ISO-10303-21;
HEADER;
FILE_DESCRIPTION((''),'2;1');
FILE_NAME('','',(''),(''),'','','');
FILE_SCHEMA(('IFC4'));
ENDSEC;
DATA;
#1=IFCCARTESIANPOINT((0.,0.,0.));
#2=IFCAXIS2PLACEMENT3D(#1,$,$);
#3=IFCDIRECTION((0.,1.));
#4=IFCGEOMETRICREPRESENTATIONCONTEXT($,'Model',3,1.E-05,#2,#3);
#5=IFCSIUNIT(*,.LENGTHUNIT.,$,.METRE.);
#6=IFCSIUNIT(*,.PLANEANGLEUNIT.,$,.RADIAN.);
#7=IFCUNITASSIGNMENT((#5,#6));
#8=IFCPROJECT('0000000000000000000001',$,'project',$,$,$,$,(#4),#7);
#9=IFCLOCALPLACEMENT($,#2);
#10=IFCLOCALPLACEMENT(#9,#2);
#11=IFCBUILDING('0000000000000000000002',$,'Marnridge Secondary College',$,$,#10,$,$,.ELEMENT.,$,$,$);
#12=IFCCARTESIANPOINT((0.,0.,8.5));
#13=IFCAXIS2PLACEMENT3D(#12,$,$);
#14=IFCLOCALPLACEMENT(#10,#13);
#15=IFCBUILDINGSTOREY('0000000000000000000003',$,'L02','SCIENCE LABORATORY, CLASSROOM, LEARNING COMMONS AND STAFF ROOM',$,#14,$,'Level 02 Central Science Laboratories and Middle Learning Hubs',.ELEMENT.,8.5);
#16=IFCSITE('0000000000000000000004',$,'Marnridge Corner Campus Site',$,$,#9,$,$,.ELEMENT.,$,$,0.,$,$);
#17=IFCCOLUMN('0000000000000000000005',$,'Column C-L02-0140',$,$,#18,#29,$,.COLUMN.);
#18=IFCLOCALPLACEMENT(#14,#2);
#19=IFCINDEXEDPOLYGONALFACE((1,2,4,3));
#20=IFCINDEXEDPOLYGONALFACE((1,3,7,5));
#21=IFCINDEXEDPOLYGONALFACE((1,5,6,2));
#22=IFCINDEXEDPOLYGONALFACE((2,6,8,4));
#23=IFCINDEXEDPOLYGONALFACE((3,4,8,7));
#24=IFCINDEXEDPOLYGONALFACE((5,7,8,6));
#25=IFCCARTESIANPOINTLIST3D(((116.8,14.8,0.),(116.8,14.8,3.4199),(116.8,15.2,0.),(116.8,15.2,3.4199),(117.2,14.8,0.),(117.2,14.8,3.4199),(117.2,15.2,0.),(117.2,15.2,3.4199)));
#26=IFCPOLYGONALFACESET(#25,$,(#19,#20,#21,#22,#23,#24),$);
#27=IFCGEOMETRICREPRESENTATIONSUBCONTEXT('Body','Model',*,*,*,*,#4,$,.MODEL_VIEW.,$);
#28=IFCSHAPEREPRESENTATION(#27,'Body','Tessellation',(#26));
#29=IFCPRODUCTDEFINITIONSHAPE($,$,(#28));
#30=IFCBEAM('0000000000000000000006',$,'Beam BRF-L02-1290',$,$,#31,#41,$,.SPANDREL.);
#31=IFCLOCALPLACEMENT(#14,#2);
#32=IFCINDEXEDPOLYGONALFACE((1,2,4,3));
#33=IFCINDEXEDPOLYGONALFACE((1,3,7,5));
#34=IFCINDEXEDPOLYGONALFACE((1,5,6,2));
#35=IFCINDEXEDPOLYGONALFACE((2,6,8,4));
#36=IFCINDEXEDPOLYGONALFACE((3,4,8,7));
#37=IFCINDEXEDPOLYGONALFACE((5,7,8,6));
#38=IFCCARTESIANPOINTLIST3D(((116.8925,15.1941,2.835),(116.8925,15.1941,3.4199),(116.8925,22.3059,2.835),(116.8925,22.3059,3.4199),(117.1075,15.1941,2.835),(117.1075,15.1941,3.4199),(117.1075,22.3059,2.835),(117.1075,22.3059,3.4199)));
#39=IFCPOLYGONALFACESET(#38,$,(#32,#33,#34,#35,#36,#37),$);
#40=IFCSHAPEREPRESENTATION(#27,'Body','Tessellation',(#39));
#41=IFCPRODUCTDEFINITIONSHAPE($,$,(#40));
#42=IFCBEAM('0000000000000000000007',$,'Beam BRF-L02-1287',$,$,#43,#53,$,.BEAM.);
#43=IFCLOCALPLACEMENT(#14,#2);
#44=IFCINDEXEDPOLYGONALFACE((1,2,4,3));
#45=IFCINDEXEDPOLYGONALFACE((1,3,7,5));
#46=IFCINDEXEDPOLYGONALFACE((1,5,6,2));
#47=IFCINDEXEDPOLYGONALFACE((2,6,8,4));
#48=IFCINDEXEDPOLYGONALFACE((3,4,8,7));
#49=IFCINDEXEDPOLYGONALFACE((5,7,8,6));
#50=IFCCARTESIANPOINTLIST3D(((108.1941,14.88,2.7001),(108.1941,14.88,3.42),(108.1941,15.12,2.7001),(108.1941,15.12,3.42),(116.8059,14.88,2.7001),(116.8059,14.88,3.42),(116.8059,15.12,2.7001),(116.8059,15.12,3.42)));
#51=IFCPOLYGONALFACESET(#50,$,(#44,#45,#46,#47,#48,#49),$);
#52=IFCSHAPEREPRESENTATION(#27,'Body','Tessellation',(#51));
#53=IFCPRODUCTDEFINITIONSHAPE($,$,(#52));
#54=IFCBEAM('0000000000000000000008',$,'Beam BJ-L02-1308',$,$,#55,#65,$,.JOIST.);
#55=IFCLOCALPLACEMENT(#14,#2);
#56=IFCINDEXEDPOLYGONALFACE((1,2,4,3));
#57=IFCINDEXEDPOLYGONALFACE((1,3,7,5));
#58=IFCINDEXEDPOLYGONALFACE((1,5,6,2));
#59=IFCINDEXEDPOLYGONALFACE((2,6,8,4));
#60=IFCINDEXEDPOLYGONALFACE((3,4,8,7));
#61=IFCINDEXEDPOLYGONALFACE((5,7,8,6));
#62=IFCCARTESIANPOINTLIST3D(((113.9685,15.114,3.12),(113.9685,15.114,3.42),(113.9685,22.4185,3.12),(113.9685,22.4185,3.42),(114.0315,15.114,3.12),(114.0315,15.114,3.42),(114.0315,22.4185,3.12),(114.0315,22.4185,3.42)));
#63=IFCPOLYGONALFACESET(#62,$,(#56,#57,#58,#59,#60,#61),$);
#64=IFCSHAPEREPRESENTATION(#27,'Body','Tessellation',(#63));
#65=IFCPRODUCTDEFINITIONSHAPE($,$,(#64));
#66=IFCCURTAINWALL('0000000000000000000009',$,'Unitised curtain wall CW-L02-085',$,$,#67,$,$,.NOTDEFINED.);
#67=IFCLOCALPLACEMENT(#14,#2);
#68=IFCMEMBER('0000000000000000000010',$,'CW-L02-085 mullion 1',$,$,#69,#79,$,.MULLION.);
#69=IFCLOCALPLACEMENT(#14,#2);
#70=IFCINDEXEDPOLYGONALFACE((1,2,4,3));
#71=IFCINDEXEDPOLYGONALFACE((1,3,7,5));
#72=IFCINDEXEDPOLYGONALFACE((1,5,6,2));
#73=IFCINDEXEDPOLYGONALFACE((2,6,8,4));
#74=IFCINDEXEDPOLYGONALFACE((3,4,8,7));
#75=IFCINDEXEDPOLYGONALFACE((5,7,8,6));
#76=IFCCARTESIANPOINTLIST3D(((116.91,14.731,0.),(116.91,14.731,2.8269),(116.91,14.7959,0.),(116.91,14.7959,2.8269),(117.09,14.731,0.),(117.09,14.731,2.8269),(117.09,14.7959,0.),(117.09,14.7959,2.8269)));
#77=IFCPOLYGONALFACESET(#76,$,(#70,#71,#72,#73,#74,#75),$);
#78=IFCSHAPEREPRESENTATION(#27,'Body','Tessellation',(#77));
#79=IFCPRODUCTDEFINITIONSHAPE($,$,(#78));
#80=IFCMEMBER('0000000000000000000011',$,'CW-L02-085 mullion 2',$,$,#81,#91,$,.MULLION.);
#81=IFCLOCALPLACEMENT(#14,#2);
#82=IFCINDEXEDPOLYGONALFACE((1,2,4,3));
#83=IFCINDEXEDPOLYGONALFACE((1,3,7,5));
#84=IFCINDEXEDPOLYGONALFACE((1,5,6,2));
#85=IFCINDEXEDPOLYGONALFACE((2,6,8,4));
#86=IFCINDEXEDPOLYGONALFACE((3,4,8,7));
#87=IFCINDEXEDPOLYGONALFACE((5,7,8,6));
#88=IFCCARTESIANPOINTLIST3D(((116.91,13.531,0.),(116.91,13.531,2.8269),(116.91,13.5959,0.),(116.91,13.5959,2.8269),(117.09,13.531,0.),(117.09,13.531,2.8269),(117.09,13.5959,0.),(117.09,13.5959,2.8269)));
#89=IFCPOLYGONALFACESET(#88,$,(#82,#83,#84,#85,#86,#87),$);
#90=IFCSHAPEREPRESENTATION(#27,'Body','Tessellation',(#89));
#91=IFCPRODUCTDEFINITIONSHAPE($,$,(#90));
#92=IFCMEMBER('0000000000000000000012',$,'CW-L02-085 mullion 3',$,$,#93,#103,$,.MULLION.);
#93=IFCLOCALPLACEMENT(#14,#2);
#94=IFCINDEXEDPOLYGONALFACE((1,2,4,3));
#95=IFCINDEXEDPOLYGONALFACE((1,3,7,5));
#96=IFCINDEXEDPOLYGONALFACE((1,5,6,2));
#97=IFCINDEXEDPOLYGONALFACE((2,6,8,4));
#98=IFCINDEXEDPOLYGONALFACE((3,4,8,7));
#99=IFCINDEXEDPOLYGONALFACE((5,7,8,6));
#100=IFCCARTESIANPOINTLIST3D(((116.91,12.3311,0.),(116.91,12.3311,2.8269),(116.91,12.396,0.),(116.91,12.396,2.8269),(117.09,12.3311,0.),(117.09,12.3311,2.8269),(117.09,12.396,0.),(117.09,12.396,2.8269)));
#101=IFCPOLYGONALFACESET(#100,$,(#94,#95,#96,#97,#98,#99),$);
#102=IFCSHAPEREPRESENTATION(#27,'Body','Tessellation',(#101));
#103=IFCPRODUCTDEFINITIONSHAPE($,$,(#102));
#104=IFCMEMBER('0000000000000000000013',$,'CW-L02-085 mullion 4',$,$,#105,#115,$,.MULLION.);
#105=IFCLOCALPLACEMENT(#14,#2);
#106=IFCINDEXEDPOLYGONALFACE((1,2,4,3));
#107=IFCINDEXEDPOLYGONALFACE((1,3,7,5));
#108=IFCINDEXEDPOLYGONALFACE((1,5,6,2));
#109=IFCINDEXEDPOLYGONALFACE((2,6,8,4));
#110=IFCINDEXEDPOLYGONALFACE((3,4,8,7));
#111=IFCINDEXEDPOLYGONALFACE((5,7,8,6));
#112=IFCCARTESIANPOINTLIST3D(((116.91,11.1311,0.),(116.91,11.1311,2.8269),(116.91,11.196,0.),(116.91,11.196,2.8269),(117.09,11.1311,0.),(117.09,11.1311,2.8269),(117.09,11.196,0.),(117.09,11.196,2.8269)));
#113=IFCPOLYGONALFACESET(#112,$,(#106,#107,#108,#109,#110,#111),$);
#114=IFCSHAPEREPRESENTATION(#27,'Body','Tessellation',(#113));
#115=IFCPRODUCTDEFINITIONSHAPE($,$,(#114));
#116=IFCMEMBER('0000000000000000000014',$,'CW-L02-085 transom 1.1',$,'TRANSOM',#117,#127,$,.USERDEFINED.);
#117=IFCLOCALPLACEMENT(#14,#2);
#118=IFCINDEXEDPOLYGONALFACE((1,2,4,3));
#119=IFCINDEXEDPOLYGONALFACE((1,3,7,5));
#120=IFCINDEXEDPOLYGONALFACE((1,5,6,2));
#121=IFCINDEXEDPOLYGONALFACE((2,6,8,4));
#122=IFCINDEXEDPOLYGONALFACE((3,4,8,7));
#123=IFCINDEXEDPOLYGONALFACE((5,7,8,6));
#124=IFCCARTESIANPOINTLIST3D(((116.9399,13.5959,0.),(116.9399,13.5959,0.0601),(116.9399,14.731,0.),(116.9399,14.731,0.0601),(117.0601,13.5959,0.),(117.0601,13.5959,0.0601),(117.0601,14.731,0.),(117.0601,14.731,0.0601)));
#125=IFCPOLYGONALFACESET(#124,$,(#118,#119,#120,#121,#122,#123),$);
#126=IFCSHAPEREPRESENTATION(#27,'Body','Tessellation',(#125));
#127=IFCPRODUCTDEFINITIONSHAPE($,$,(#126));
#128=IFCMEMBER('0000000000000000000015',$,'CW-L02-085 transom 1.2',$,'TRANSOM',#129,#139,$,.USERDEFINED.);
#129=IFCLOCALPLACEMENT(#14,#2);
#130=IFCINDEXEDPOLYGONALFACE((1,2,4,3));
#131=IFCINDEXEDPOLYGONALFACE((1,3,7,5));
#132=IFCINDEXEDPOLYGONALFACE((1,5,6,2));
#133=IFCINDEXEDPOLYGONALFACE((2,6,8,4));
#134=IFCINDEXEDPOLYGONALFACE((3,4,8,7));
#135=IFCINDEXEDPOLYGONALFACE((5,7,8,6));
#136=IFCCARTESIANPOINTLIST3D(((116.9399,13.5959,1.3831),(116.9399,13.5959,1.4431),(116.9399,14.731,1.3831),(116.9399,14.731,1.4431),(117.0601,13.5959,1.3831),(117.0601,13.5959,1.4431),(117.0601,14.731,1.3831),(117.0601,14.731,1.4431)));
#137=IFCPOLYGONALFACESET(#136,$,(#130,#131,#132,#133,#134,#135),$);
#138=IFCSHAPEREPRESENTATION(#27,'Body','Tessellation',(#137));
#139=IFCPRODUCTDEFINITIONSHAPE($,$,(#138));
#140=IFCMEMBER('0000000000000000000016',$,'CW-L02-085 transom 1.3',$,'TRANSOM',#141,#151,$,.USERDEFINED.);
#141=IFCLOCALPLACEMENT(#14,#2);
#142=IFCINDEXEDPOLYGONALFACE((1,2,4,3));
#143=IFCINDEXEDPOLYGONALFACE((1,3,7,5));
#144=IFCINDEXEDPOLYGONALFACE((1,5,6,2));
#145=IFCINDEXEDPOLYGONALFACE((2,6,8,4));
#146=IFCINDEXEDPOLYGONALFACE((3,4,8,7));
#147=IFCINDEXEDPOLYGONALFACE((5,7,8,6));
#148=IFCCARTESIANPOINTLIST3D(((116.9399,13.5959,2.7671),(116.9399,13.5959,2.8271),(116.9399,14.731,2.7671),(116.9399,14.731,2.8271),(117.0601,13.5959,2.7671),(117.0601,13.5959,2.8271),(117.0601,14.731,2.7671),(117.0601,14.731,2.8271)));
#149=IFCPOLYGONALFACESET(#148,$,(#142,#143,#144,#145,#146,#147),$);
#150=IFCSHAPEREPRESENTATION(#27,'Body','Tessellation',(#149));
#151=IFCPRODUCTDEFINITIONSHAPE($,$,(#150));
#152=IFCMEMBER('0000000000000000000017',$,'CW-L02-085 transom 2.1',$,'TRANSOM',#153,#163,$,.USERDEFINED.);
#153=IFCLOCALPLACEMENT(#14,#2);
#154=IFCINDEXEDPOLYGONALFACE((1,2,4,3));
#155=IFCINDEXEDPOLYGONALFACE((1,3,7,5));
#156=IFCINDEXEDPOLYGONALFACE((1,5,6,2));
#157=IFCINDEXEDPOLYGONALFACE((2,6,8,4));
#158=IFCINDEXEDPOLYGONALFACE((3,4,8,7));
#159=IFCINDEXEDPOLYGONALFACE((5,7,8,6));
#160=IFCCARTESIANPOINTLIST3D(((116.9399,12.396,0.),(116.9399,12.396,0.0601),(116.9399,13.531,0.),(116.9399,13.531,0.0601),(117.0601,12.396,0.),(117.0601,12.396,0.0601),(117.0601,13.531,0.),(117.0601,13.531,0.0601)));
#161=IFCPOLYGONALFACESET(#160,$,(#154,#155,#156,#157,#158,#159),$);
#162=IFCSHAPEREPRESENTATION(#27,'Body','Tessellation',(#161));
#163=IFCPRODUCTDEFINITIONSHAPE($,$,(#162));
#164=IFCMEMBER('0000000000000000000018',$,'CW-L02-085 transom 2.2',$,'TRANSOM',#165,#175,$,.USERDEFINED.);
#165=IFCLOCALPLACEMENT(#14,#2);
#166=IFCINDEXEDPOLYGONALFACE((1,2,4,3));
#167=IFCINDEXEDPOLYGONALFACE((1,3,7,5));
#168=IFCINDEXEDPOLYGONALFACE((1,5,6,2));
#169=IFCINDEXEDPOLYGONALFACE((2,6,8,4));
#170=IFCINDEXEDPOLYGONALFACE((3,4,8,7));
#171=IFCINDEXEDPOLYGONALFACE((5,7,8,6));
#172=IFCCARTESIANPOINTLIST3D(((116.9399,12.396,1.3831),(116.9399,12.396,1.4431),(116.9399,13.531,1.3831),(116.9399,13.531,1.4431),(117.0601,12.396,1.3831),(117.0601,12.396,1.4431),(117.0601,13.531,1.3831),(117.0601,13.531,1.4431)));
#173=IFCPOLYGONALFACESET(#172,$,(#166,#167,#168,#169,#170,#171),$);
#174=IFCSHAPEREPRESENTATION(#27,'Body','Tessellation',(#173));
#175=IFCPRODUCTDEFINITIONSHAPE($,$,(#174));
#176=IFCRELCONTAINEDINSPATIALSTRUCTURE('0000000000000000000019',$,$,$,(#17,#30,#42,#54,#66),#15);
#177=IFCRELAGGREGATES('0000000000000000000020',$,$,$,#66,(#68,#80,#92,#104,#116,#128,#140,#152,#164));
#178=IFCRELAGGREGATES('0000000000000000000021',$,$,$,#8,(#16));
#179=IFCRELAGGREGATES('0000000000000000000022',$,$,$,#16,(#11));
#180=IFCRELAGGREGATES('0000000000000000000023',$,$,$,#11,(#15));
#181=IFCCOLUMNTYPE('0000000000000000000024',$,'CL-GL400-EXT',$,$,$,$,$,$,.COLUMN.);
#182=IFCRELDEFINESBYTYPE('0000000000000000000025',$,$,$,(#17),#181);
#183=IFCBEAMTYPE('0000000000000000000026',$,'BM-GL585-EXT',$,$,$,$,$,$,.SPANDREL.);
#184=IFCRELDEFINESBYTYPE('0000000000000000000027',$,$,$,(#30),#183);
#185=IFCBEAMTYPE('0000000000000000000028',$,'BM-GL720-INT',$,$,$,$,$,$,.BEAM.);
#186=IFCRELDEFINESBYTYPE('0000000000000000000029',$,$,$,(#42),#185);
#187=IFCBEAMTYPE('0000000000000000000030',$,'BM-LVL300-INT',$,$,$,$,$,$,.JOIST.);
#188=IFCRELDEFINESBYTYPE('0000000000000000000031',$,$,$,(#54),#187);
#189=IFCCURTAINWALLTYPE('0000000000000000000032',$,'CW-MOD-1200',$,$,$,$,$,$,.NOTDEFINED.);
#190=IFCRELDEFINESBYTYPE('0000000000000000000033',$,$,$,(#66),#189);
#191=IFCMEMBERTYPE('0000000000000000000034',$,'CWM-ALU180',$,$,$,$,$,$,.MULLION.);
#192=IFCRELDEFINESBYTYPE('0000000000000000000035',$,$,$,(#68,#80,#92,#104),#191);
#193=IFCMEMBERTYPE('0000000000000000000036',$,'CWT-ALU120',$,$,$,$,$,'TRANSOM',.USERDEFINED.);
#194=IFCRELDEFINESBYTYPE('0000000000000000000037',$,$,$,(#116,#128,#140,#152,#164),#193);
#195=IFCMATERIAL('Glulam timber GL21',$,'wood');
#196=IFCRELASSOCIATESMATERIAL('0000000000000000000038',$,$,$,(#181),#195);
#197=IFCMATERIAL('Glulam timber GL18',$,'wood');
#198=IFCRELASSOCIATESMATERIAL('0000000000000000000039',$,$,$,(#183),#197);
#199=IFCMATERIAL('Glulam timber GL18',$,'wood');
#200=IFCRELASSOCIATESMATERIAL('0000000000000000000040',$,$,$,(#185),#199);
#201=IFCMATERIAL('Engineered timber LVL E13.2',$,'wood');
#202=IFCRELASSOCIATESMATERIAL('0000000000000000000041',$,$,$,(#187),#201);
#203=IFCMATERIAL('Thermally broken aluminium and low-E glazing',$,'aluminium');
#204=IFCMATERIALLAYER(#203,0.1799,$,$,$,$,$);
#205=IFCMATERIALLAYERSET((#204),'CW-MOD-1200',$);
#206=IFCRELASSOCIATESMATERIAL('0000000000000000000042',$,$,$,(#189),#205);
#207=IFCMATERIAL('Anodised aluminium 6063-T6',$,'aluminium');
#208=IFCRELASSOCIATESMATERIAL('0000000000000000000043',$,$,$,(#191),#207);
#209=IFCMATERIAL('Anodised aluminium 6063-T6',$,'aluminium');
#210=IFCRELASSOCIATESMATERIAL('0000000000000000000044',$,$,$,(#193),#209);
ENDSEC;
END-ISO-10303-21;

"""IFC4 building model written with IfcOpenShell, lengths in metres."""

from ifc_helpers import new_model, si_unit, direction, frame, origin, origin_2d, place, context, subcontext, project, spatial, rectangle, extrude, material, layer, layer_set, material_profile, profile_set, type_object, element, aggregate, save


model = new_model("IFC4")

# Units and contexts
model_context = context("Model", 3, precision=1e-05, world=origin(), true_north=direction((0.0, 1.0)))
body_context = subcontext(model_context, "Body", "Model", "MODEL_VIEW")
ifc_project = project(units=[si_unit("LENGTHUNIT", "METRE"), si_unit("PLANEANGLEUNIT", "RADIAN")], contexts=[model_context])

# Site, building, storey
site_placement = place(None, origin())
site = spatial("IfcSite", under=ifc_project, at=site_placement, Name="Marnridge Corner Campus Site", CompositionType="ELEMENT", RefElevation=0.0)
building_placement = place(site_placement, origin())
building = spatial("IfcBuilding", under=site, at=building_placement, Name="Marnridge Secondary College", CompositionType="ELEMENT")
storey_placement = place(building_placement, frame((0.0, 0.0, 8.5)))
storey = spatial("IfcBuildingStorey", under=building, at=storey_placement, Name="L02", Description="SCIENCE LABORATORY, CLASSROOM, LEARNING COMMONS AND STAFF ROOM", LongName="Level 02 Central Science Laboratories and Middle Learning Hubs", CompositionType="ELEMENT", Elevation=8.5)

# Column
ifc_material_1 = material(Name="Glulam timber GL21", Category="wood")
ifc_material_profile_1 = material_profile(ifc_material_1, rectangle(XDim=0.3999, YDim=0.3999, at=origin_2d()), Name="GL21 400x400")
ifc_profile_set_1 = profile_set([ifc_material_profile_1], Name="Glulam timber GL21")
column_type = type_object("IfcColumnType", Name="CL-GL400-EXT", PredefinedType="COLUMN", material=ifc_profile_set_1)
column_placement = place(storey_placement, frame((117.0, 15.0, 0.0), z_axis=(0.0, 0.0, 1.0), x_axis=(1.0, 0.0, 0.0)))
element("IfcColumn", 1, at=column_placement, inside=storey, type_object=column_type, Name="Column C-L02-0140", PredefinedType="COLUMN", context=body_context, shape_type="SweptSolid", body=[
    extrude(rectangle(XDim=0.3999, YDim=0.3999, at=origin_2d()), origin(), (0.0, 0.0, 1.0), 3.4199),
])

# Beams
ifc_material_2 = material(Name="Glulam timber GL18", Category="wood")
ifc_material_profile_2 = material_profile(ifc_material_2, rectangle(XDim=0.2151, YDim=0.585, at=origin_2d()), Name="GL18 215x585")
ifc_profile_set_2 = profile_set([ifc_material_profile_2], Name="Glulam timber GL18")
beam_type_1 = type_object("IfcBeamType", Name="BM-GL585-EXT", PredefinedType="SPANDREL", material=ifc_profile_set_2)
beam_1_placement = place(storey_placement, frame((117.0, 15.1941, 3.1274), z_axis=(0.0, 1.0, 0.0), x_axis=(-1.0, 0.0, 0.0)))
element("IfcBeam", 2, at=beam_1_placement, inside=storey, type_object=beam_type_1, Name="Beam BRF-L02-1290", PredefinedType="SPANDREL", context=body_context, shape_type="SweptSolid", body=[
    extrude(rectangle(XDim=0.2151, YDim=0.585, at=origin_2d()), origin(), (0.0, 0.0, 1.0), 7.1118),
])
ifc_material_3 = material(Name="Glulam timber GL18", Category="wood")
ifc_material_profile_3 = material_profile(ifc_material_3, rectangle(XDim=0.24, YDim=0.72, at=origin_2d()), Name="GL18 240x720")
ifc_profile_set_3 = profile_set([ifc_material_profile_3], Name="Glulam timber GL18")
beam_type_2 = type_object("IfcBeamType", Name="BM-GL720-INT", PredefinedType="BEAM", material=ifc_profile_set_3)
beam_2_placement = place(storey_placement, frame((108.1941, 15.0, 3.0601), z_axis=(1.0, 0.0, 0.0), x_axis=(0.0, 1.0, 0.0)))
element("IfcBeam", 3, at=beam_2_placement, inside=storey, type_object=beam_type_2, Name="Beam BRF-L02-1287", PredefinedType="BEAM", context=body_context, shape_type="SweptSolid", body=[
    extrude(rectangle(XDim=0.24, YDim=0.72, at=origin_2d()), origin(), (0.0, 0.0, 1.0), 8.6118),
])
ifc_material_4 = material(Name="Engineered timber LVL E13.2", Category="wood")
ifc_material_profile_4 = material_profile(ifc_material_4, rectangle(XDim=0.063, YDim=0.3, at=origin_2d()), Name="LVL 63x300")
ifc_profile_set_4 = profile_set([ifc_material_profile_4], Name="Engineered timber LVL E13.2")
beam_type_3 = type_object("IfcBeamType", Name="BM-LVL300-INT", PredefinedType="JOIST", material=ifc_profile_set_4)
beam_3_placement = place(storey_placement, frame((114.0, 15.114, 3.27), z_axis=(0.0, 1.0, 0.0), x_axis=(-1.0, 0.0, 0.0)))
element("IfcBeam", 4, at=beam_3_placement, inside=storey, type_object=beam_type_3, Name="Beam BJ-L02-1308", PredefinedType="JOIST", context=body_context, shape_type="SweptSolid", body=[
    extrude(rectangle(XDim=0.063, YDim=0.3, at=origin_2d()), origin(), (0.0, 0.0, 1.0), 7.3044),
])

# Curtain wall, members
ifc_material_5 = material(Name="Thermally broken aluminium and low-E glazing", Category="aluminium")
ifc_layer_1 = layer(ifc_material_5, 0.1799)
ifc_layer_set_1 = layer_set([ifc_layer_1], Name="CW-MOD-1200")
curtain_wall_type = type_object("IfcCurtainWallType", Name="CW-MOD-1200", PredefinedType="NOTDEFINED", material=ifc_layer_set_1)
curtain_wall_placement = place(storey_placement, origin())
curtain_wall = element("IfcCurtainWall", 5, at=curtain_wall_placement, inside=storey, type_object=curtain_wall_type, Name="Unitised curtain wall CW-L02-085", PredefinedType="NOTDEFINED")
ifc_material_6 = material(Name="Anodised aluminium 6063-T6", Category="aluminium")
ifc_material_profile_5 = material_profile(ifc_material_6, rectangle(XDim=0.0649, YDim=0.1799, at=origin_2d()), Name="ALU 65x180")
ifc_profile_set_5 = profile_set([ifc_material_profile_5], Name="Anodised aluminium 6063-T6")
member_type_1 = type_object("IfcMemberType", Name="CWM-ALU180", PredefinedType="MULLION", material=ifc_profile_set_5)
member_1_placement = place(storey_placement, frame((117.0, 14.7634, 0.0), z_axis=(0.0, 0.0, 1.0), x_axis=(0.0, -1.0, 0.0)))
member_1 = element("IfcMember", 6, at=member_1_placement, type_object=member_type_1, Name="CW-L02-085 mullion 1", PredefinedType="MULLION", context=body_context, shape_type="SweptSolid", body=[
    extrude(rectangle(XDim=0.0649, YDim=0.1799, at=origin_2d()), origin(), (0.0, 0.0, 1.0), 2.8269),
])
member_2_placement = place(storey_placement, frame((117.0, 13.5635, 0.0), z_axis=(0.0, 0.0, 1.0), x_axis=(0.0, -1.0, 0.0)))
member_2 = element("IfcMember", 7, at=member_2_placement, type_object=member_type_1, Name="CW-L02-085 mullion 2", PredefinedType="MULLION", context=body_context, shape_type="SweptSolid", body=[
    extrude(rectangle(XDim=0.0649, YDim=0.1799, at=origin_2d()), origin(), (0.0, 0.0, 1.0), 2.8269),
])
member_3_placement = place(storey_placement, frame((117.0, 12.3635, 0.0), z_axis=(0.0, 0.0, 1.0), x_axis=(0.0, -1.0, 0.0)))
member_3 = element("IfcMember", 8, at=member_3_placement, type_object=member_type_1, Name="CW-L02-085 mullion 3", PredefinedType="MULLION", context=body_context, shape_type="SweptSolid", body=[
    extrude(rectangle(XDim=0.0649, YDim=0.1799, at=origin_2d()), origin(), (0.0, 0.0, 1.0), 2.8269),
])
member_4_placement = place(storey_placement, frame((117.0, 11.1636, 0.0), z_axis=(0.0, 0.0, 1.0), x_axis=(0.0, -1.0, 0.0)))
member_4 = element("IfcMember", 9, at=member_4_placement, type_object=member_type_1, Name="CW-L02-085 mullion 4", PredefinedType="MULLION", context=body_context, shape_type="SweptSolid", body=[
    extrude(rectangle(XDim=0.0649, YDim=0.1799, at=origin_2d()), origin(), (0.0, 0.0, 1.0), 2.8269),
])
ifc_material_7 = material(Name="Anodised aluminium 6063-T6", Category="aluminium")
ifc_material_profile_6 = material_profile(ifc_material_7, rectangle(XDim=0.0601, YDim=0.1201, at=origin_2d()), Name="ALU 60x120")
ifc_profile_set_6 = profile_set([ifc_material_profile_6], Name="Anodised aluminium 6063-T6")
member_type_2 = type_object("IfcMemberType", Name="CWT-ALU120", ElementType="TRANSOM", PredefinedType="USERDEFINED", material=ifc_profile_set_6)
member_5_placement = place(storey_placement, frame((117.0, 14.731, 0.03), z_axis=(0.0, -1.0, 0.0), x_axis=(0.0, 0.0, 1.0)))
member_5 = element("IfcMember", 10, at=member_5_placement, type_object=member_type_2, Name="CW-L02-085 transom 1.1", ObjectType="TRANSOM", PredefinedType="USERDEFINED", context=body_context, shape_type="SweptSolid", body=[
    extrude(rectangle(XDim=0.0601, YDim=0.1201, at=origin_2d()), origin(), (0.0, 0.0, 1.0), 1.135),
])
member_6_placement = place(storey_placement, frame((117.0, 14.731, 1.4131), z_axis=(0.0, -1.0, 0.0), x_axis=(0.0, 0.0, 1.0)))
member_6 = element("IfcMember", 11, at=member_6_placement, type_object=member_type_2, Name="CW-L02-085 transom 1.2", ObjectType="TRANSOM", PredefinedType="USERDEFINED", context=body_context, shape_type="SweptSolid", body=[
    extrude(rectangle(XDim=0.0601, YDim=0.1201, at=origin_2d()), origin(), (0.0, 0.0, 1.0), 1.135),
])
member_7_placement = place(storey_placement, frame((117.0, 14.731, 2.7971), z_axis=(0.0, -1.0, 0.0), x_axis=(0.0, 0.0, 1.0)))
member_7 = element("IfcMember", 12, at=member_7_placement, type_object=member_type_2, Name="CW-L02-085 transom 1.3", ObjectType="TRANSOM", PredefinedType="USERDEFINED", context=body_context, shape_type="SweptSolid", body=[
    extrude(rectangle(XDim=0.0601, YDim=0.1201, at=origin_2d()), origin(), (0.0, 0.0, 1.0), 1.135),
])
member_8_placement = place(storey_placement, frame((117.0, 13.531, 0.03), z_axis=(0.0, -1.0, 0.0), x_axis=(0.0, 0.0, 1.0)))
member_8 = element("IfcMember", 13, at=member_8_placement, type_object=member_type_2, Name="CW-L02-085 transom 2.1", ObjectType="TRANSOM", PredefinedType="USERDEFINED", context=body_context, shape_type="SweptSolid", body=[
    extrude(rectangle(XDim=0.0601, YDim=0.1201, at=origin_2d()), origin(), (0.0, 0.0, 1.0), 1.135),
])
member_9_placement = place(storey_placement, frame((117.0, 13.531, 1.4131), z_axis=(0.0, -1.0, 0.0), x_axis=(0.0, 0.0, 1.0)))
member_9 = element("IfcMember", 14, at=member_9_placement, type_object=member_type_2, Name="CW-L02-085 transom 2.2", ObjectType="TRANSOM", PredefinedType="USERDEFINED", context=body_context, shape_type="SweptSolid", body=[
    extrude(rectangle(XDim=0.0601, YDim=0.1201, at=origin_2d()), origin(), (0.0, 0.0, 1.0), 1.135),
])
aggregate(curtain_wall, [member_1, member_2, member_3, member_4, member_5, member_6, member_7, member_8, member_9])

save(model, "model.ifc")
